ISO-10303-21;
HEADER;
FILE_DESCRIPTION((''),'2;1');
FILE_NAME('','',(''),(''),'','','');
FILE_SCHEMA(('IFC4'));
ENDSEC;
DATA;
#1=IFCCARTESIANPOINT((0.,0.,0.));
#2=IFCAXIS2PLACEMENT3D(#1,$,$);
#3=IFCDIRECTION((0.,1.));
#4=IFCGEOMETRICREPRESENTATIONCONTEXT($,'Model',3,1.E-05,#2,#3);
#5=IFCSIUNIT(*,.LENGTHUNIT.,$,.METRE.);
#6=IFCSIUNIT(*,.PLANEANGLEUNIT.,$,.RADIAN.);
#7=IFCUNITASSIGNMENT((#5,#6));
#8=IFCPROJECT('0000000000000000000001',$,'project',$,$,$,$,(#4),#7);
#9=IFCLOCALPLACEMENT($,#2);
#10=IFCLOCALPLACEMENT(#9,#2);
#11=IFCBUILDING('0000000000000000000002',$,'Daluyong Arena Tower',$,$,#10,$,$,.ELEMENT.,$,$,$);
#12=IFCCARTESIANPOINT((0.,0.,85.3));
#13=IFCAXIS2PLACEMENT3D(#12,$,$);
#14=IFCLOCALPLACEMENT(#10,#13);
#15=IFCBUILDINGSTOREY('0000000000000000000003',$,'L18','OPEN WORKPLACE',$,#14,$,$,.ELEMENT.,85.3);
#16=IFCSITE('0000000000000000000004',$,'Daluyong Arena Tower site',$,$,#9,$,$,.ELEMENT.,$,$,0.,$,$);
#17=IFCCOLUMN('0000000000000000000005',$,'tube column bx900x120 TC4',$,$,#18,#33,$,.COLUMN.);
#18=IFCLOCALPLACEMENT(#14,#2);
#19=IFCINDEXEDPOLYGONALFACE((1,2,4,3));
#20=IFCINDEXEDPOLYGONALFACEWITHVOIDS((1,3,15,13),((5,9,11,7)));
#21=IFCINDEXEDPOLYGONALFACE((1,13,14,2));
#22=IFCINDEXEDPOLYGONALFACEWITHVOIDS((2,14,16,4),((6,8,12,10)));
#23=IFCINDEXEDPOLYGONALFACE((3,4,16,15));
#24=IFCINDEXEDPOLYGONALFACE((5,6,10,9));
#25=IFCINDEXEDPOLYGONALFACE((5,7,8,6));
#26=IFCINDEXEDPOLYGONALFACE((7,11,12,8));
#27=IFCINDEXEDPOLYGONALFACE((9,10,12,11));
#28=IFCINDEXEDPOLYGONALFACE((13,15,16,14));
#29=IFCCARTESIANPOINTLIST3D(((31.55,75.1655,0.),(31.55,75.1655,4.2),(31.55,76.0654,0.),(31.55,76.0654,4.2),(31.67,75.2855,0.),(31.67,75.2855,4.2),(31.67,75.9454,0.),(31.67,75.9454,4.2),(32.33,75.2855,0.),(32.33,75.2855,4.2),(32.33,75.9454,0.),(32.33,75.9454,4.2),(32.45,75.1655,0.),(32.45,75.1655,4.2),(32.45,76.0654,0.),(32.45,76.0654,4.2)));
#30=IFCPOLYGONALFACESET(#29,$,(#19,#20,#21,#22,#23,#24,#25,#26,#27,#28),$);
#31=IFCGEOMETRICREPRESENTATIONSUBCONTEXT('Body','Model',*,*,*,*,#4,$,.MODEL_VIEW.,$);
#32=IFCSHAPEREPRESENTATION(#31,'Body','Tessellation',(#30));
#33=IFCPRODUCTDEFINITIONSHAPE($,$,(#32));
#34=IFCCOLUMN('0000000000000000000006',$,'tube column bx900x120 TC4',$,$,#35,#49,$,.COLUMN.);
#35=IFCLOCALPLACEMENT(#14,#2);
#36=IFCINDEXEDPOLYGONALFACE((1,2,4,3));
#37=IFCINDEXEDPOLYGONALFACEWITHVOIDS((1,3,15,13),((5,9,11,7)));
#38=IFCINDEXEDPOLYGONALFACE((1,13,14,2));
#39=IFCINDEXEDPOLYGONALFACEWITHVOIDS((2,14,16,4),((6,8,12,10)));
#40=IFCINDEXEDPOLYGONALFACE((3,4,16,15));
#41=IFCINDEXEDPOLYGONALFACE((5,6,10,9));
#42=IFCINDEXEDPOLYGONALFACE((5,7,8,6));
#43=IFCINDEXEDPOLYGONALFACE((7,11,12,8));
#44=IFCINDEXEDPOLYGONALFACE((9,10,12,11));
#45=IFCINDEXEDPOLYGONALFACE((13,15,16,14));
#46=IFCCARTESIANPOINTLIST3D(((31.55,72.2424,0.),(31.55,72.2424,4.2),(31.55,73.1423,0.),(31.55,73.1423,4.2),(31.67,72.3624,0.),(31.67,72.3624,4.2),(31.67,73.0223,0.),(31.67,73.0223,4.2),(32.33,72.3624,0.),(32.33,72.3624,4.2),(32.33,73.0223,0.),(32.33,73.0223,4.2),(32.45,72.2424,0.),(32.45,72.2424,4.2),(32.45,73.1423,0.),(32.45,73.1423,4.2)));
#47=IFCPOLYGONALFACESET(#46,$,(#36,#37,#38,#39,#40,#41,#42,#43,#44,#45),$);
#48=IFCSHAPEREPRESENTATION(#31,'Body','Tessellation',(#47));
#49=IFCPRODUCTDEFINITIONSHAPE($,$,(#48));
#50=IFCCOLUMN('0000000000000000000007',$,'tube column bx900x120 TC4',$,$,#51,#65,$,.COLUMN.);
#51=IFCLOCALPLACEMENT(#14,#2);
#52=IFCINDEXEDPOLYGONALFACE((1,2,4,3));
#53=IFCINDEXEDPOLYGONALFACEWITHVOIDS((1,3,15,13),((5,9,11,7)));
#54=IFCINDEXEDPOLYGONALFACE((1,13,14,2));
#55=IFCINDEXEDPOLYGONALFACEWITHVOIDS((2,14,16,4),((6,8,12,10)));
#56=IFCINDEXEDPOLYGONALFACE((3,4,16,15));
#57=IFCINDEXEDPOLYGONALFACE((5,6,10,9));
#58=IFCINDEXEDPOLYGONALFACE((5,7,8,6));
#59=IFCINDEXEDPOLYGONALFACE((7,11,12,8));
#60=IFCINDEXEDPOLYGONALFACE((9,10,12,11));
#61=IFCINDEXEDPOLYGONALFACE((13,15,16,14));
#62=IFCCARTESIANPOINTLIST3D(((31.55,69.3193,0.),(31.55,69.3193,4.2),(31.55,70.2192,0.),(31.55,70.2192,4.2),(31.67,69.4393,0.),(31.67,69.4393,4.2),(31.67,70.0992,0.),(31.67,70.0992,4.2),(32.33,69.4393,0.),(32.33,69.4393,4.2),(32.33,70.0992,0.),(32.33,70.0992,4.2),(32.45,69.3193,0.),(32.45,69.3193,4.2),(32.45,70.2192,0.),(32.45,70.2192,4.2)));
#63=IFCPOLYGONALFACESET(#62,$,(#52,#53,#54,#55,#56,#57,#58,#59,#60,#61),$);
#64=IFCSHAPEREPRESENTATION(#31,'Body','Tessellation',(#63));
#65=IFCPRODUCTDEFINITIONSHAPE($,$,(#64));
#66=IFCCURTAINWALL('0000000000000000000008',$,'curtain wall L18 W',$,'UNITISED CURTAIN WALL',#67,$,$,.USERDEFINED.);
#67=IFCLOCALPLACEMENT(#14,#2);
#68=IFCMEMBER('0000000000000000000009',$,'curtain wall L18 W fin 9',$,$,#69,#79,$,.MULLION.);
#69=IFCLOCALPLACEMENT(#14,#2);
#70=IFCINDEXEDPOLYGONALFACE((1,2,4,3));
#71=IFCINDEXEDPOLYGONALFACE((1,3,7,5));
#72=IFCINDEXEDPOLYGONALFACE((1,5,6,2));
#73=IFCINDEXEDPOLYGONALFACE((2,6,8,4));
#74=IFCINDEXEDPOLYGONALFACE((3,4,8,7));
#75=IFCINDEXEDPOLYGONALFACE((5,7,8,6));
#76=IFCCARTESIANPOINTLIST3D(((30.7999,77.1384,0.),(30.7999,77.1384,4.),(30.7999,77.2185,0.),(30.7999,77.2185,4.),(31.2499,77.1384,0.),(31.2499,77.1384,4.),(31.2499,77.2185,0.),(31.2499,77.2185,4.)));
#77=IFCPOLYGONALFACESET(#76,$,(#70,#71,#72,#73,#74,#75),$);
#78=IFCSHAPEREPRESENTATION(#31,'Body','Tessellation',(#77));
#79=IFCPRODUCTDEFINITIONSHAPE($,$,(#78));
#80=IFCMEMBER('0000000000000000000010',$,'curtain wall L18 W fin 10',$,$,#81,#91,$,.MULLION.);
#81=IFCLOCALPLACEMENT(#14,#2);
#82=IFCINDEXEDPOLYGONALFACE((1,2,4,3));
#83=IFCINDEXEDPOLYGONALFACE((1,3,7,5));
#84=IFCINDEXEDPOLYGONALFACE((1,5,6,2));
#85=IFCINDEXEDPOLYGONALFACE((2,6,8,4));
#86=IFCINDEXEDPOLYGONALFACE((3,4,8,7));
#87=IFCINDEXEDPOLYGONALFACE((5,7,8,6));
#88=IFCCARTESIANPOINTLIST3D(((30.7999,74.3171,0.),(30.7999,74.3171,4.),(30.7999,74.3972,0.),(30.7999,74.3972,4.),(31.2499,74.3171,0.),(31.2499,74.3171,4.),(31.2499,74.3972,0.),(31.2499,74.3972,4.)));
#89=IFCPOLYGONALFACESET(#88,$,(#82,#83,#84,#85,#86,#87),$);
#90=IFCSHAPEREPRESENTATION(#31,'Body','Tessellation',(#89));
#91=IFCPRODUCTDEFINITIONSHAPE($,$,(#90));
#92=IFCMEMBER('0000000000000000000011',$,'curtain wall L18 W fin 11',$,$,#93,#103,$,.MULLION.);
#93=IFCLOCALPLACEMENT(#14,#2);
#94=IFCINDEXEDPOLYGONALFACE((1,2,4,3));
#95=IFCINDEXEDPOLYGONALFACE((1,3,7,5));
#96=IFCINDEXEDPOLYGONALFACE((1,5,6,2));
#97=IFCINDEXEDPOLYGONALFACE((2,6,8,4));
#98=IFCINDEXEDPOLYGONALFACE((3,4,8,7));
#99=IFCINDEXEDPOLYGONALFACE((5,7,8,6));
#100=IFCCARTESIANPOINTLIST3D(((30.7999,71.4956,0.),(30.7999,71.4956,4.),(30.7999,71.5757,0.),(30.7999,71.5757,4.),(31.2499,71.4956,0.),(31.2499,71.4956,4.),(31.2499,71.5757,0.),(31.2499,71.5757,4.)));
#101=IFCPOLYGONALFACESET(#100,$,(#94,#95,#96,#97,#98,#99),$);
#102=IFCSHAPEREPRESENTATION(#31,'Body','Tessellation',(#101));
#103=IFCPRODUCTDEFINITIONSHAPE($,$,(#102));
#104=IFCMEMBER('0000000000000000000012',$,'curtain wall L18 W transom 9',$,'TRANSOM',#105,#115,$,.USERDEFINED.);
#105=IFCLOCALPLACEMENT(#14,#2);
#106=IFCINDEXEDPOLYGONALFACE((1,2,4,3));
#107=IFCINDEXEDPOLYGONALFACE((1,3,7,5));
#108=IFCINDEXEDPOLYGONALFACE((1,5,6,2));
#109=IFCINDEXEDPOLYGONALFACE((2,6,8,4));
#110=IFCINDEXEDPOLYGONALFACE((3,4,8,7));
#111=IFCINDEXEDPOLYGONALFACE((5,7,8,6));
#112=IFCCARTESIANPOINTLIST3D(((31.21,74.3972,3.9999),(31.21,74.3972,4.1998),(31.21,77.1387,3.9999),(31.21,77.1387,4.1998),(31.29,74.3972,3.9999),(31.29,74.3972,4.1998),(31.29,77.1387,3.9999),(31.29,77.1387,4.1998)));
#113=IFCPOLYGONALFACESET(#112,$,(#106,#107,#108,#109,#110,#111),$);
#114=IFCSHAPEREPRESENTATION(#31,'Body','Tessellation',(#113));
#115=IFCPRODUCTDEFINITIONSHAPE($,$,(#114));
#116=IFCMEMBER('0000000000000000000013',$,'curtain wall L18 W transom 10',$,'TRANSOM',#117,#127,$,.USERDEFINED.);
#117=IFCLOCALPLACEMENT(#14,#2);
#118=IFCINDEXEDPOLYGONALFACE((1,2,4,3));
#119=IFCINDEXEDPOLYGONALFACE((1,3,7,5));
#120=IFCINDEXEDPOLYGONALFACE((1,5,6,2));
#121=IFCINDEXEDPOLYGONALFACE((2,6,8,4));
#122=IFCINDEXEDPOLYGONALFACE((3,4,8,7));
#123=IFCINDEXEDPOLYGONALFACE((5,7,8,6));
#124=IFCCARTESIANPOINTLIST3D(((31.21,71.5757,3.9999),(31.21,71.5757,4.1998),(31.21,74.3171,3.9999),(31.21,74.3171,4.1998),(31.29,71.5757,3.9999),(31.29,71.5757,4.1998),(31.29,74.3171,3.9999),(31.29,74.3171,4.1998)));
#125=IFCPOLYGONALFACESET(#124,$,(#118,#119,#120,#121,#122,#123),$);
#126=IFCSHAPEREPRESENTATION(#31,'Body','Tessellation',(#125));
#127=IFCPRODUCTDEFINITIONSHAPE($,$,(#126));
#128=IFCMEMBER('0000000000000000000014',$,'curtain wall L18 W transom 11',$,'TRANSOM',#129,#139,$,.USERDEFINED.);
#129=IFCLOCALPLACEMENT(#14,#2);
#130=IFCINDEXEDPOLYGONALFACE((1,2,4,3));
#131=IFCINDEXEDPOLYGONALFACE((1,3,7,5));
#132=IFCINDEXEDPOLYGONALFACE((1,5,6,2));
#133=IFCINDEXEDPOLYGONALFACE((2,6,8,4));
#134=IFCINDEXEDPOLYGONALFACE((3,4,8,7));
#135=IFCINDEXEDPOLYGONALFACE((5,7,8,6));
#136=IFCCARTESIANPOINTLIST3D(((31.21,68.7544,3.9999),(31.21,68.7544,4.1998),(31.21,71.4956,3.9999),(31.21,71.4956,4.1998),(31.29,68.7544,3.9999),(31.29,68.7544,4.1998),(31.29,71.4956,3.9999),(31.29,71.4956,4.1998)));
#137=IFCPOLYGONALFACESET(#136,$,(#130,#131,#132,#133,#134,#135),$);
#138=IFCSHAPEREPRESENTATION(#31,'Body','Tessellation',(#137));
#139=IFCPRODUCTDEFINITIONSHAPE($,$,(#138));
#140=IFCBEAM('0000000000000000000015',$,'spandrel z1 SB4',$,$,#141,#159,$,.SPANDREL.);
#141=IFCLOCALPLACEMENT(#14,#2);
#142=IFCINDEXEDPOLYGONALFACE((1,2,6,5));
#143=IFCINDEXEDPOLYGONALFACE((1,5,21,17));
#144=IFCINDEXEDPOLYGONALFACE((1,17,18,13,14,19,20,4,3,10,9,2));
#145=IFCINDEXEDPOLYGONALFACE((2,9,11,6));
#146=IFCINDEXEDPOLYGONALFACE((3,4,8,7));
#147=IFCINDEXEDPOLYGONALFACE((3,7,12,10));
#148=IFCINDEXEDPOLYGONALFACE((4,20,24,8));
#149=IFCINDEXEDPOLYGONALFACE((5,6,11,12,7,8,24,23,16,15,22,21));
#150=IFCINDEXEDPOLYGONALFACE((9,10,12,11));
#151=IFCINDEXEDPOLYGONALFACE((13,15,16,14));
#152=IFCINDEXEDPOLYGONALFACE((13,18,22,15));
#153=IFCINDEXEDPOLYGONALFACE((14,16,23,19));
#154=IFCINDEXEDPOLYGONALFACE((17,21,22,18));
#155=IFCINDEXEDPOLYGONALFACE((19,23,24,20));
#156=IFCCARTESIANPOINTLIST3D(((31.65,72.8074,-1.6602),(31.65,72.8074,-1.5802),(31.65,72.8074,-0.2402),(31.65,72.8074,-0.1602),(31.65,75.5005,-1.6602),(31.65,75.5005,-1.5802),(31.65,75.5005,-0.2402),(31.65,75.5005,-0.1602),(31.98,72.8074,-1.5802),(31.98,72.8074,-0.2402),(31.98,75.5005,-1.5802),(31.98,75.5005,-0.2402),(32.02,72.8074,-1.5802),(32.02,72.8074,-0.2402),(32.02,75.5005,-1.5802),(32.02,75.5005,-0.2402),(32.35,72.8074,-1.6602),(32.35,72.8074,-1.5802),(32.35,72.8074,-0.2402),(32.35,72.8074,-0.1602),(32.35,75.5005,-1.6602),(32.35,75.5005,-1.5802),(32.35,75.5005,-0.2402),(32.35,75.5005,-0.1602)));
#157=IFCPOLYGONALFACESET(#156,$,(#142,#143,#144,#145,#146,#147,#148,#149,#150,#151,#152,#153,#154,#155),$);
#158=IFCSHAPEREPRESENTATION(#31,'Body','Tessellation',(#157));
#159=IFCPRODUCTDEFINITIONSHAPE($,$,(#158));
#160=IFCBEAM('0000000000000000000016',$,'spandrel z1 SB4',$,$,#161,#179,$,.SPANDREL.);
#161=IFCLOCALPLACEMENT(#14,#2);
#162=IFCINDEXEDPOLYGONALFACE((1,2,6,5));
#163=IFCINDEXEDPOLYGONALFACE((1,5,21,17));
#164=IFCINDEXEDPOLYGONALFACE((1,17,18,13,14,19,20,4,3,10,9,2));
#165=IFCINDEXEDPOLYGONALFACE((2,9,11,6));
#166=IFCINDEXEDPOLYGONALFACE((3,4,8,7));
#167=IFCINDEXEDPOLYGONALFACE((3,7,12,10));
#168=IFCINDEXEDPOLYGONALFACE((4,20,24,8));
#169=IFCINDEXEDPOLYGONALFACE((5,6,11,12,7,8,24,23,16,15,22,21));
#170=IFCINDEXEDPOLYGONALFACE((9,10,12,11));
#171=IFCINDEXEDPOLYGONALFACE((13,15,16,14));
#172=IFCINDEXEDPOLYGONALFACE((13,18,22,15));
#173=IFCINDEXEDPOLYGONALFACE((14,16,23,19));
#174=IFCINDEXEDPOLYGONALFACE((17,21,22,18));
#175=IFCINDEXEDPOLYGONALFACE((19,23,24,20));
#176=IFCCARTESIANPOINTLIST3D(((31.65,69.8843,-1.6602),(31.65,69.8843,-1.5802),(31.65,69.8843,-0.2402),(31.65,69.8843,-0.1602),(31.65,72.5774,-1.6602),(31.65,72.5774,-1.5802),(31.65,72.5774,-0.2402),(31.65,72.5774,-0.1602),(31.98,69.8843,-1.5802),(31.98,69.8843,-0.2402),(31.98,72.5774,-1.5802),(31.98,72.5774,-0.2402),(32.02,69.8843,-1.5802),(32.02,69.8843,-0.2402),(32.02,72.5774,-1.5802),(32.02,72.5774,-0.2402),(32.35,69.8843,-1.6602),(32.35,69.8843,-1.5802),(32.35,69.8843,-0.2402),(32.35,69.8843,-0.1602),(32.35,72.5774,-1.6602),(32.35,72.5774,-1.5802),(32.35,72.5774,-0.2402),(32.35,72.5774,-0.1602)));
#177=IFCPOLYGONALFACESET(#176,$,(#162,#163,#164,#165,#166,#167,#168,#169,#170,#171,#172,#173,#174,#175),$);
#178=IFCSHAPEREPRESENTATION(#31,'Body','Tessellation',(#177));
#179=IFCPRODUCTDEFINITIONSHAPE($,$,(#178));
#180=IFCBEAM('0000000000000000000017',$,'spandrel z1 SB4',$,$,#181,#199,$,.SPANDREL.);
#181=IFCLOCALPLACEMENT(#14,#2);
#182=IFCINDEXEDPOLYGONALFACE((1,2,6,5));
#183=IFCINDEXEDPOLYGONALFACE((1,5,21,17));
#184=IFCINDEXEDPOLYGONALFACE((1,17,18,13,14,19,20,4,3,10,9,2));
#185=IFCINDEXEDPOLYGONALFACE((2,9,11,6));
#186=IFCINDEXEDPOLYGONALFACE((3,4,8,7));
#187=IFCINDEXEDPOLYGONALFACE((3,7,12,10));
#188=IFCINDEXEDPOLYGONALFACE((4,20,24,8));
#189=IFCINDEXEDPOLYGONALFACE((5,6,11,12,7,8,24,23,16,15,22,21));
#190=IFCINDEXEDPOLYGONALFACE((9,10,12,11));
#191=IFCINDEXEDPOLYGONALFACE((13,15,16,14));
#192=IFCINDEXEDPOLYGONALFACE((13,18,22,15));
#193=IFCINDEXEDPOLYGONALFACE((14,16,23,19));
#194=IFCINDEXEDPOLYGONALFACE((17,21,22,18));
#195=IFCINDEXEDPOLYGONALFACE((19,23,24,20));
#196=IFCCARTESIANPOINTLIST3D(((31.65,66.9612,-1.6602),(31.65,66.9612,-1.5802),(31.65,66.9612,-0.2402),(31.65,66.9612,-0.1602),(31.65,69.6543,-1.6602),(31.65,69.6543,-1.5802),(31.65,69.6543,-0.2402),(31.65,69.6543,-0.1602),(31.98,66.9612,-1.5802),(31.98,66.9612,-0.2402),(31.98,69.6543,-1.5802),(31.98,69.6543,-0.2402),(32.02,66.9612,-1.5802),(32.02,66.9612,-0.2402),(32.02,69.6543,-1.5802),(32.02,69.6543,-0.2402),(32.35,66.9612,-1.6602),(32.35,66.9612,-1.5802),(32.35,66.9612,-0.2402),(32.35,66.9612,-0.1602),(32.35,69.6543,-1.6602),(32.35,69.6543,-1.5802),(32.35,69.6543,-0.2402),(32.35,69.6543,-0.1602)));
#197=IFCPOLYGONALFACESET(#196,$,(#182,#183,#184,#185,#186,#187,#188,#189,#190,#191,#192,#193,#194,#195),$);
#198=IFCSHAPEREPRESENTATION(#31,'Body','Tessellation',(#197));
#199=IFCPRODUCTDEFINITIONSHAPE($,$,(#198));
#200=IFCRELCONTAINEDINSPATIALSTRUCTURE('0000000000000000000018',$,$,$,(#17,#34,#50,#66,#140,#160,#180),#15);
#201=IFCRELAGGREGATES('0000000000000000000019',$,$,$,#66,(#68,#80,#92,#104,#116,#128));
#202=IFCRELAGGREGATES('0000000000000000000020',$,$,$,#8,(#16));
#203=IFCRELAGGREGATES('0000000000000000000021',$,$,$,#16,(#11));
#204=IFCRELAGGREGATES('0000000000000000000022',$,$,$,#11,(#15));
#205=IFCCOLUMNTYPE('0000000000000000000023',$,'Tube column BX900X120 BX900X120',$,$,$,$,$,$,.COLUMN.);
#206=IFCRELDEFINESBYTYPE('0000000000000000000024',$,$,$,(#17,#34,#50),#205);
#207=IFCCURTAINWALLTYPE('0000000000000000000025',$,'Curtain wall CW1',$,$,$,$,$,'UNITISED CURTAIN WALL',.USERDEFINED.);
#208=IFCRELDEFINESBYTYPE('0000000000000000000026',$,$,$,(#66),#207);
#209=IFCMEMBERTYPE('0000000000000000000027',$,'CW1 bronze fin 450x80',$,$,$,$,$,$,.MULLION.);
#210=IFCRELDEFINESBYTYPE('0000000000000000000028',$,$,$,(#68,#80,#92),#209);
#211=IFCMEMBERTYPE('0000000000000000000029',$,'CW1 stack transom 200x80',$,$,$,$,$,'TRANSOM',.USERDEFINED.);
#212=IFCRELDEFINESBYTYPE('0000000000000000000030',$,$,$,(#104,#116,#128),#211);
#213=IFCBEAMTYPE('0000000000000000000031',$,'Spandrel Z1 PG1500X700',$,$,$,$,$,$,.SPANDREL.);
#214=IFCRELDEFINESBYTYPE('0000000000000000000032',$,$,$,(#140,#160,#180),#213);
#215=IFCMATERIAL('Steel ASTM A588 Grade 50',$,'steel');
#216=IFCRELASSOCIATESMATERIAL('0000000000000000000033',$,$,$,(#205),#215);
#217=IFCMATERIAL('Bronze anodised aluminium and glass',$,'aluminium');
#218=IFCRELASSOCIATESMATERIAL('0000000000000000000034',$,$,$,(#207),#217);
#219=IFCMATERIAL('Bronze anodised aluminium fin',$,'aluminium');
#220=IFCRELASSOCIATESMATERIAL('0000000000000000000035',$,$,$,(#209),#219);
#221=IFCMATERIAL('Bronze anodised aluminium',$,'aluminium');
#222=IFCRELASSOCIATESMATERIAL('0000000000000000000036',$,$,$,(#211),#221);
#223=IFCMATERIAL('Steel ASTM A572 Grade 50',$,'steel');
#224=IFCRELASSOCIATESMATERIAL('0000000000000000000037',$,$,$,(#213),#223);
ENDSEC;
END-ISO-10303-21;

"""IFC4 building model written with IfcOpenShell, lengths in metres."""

from ifc_helpers import new_model, si_unit, direction, frame, origin, origin_2d, place, context, subcontext, project, spatial, rectangle, hollow_rectangle, i_section, extrude, material, material_profile, profile_set, type_object, element, aggregate, save


model = new_model("IFC4")

# Units and contexts
model_context = context("Model", 3, precision=1e-05, world=origin(), true_north=direction((0.0, 1.0)))
body_context = subcontext(model_context, "Body", "Model", "MODEL_VIEW")
ifc_project = project(units=[si_unit("LENGTHUNIT", "METRE"), si_unit("PLANEANGLEUNIT", "RADIAN")], contexts=[model_context])

# Site, building, storey
site_placement = place(None, origin())
site = spatial("IfcSite", under=ifc_project, at=site_placement, Name="Daluyong Arena Tower site", CompositionType="ELEMENT", RefElevation=0.0)
building_placement = place(site_placement, origin())
building = spatial("IfcBuilding", under=site, at=building_placement, Name="Daluyong Arena Tower", CompositionType="ELEMENT")
storey_placement = place(building_placement, frame((0.0, 0.0, 85.3)))
storey = spatial("IfcBuildingStorey", under=building, at=storey_placement, Name="L18", Description="OPEN WORKPLACE", CompositionType="ELEMENT", Elevation=85.3)

# Columns
ifc_material_1 = material(Name="Steel ASTM A588 Grade 50", Category="steel")
ifc_material_profile_1 = material_profile(ifc_material_1, hollow_rectangle(XDim=0.8999, YDim=0.8999, WallThickness=0.12, at=origin_2d()))
ifc_profile_set_1 = profile_set([ifc_material_profile_1], Name="Steel ASTM A588 Grade 50")
column_type = type_object("IfcColumnType", Name="Tube column BX900X120 BX900X120", PredefinedType="COLUMN", material=ifc_profile_set_1)
for number, where, z_axis, x_axis, name in (
    (1, (32.0, 75.6155, 0.0), (0.0, 0.0, 1.0), (0.0, 1.0, 0.0), "tube column bx900x120 TC4"),
    (2, (32.0, 72.6924, 0.0), (0.0, 0.0, 1.0), (0.0, 1.0, 0.0), "tube column bx900x120 TC4"),
    (3, (32.0, 69.7693, 0.0), (0.0, 0.0, 1.0), (0.0, 1.0, 0.0), "tube column bx900x120 TC4"),
):
    element("IfcColumn", number, at=place(storey_placement, frame(where, z_axis=z_axis, x_axis=x_axis)), inside=storey, type_object=column_type, Name=name, PredefinedType="COLUMN", context=body_context, shape_type="SweptSolid", body=[
        extrude(hollow_rectangle(XDim=0.8999, YDim=0.8999, WallThickness=0.12, at=origin_2d()), origin(), (0.0, 0.0, 1.0), 4.2),
    ])

# Curtain wall, members
ifc_material_2 = material(Name="Bronze anodised aluminium and glass", Category="aluminium")
curtain_wall_type = type_object("IfcCurtainWallType", Name="Curtain wall CW1", ElementType="UNITISED CURTAIN WALL", PredefinedType="USERDEFINED", material=ifc_material_2)
curtain_wall_placement = place(storey_placement, origin())
curtain_wall = element("IfcCurtainWall", 4, at=curtain_wall_placement, inside=storey, type_object=curtain_wall_type, Name="curtain wall L18 W", ObjectType="UNITISED CURTAIN WALL", PredefinedType="USERDEFINED")
ifc_material_3 = material(Name="Bronze anodised aluminium fin", Category="aluminium")
ifc_material_profile_2 = material_profile(ifc_material_3, rectangle(XDim=0.45, YDim=0.0801, at=origin_2d()))
ifc_profile_set_2 = profile_set([ifc_material_profile_2], Name="Bronze anodised aluminium fin")
member_type_1 = type_object("IfcMemberType", Name="CW1 bronze fin 450x80", PredefinedType="MULLION", material=ifc_profile_set_2)
member_1_placement = place(storey_placement, frame((31.0249, 77.1785, 0.0), z_axis=(0.0, 0.0, 1.0), x_axis=(1.0, 0.0, 0.0)))
member_1 = element("IfcMember", 5, at=member_1_placement, type_object=member_type_1, Name="curtain wall L18 W fin 9", PredefinedType="MULLION", context=body_context, shape_type="SweptSolid", body=[
    extrude(rectangle(XDim=0.45, YDim=0.0801, at=origin_2d()), origin(), (0.0, 0.0, 1.0), 4.0),
])
member_2_placement = place(storey_placement, frame((31.0249, 74.3572, 0.0), z_axis=(0.0, 0.0, 1.0), x_axis=(1.0, 0.0, 0.0)))
member_2 = element("IfcMember", 6, at=member_2_placement, type_object=member_type_1, Name="curtain wall L18 W fin 10", PredefinedType="MULLION", context=body_context, shape_type="SweptSolid", body=[
    extrude(rectangle(XDim=0.45, YDim=0.0801, at=origin_2d()), origin(), (0.0, 0.0, 1.0), 4.0),
])
member_3_placement = place(storey_placement, frame((31.0249, 71.5356, 0.0), z_axis=(0.0, 0.0, 1.0), x_axis=(1.0, 0.0, 0.0)))
member_3 = element("IfcMember", 7, at=member_3_placement, type_object=member_type_1, Name="curtain wall L18 W fin 11", PredefinedType="MULLION", context=body_context, shape_type="SweptSolid", body=[
    extrude(rectangle(XDim=0.45, YDim=0.0801, at=origin_2d()), origin(), (0.0, 0.0, 1.0), 4.0),
])
ifc_material_4 = material(Name="Bronze anodised aluminium", Category="aluminium")
ifc_material_profile_3 = material_profile(ifc_material_4, rectangle(XDim=0.0801, YDim=0.2, at=origin_2d()))
ifc_profile_set_3 = profile_set([ifc_material_profile_3], Name="Bronze anodised aluminium")
member_type_2 = type_object("IfcMemberType", Name="CW1 stack transom 200x80", ElementType="TRANSOM", PredefinedType="USERDEFINED", material=ifc_profile_set_3)
member_4_placement = place(storey_placement, frame((31.25, 77.1387, 4.0999), z_axis=(0.0, -1.0, 0.0), x_axis=(1.0, 0.0, 0.0)))
member_4 = element("IfcMember", 8, at=member_4_placement, type_object=member_type_2, Name="curtain wall L18 W transom 9", ObjectType="TRANSOM", PredefinedType="USERDEFINED", context=body_context, shape_type="SweptSolid", body=[
    extrude(rectangle(XDim=0.0801, YDim=0.2, at=origin_2d()), origin(), (0.0, 0.0, 1.0), 2.7415),
])
member_5_placement = place(storey_placement, frame((31.25, 74.3171, 4.0999), z_axis=(0.0, -1.0, 0.0), x_axis=(1.0, 0.0, 0.0)))
member_5 = element("IfcMember", 9, at=member_5_placement, type_object=member_type_2, Name="curtain wall L18 W transom 10", ObjectType="TRANSOM", PredefinedType="USERDEFINED", context=body_context, shape_type="SweptSolid", body=[
    extrude(rectangle(XDim=0.0801, YDim=0.2, at=origin_2d()), origin(), (0.0, 0.0, 1.0), 2.7415),
])
member_6_placement = place(storey_placement, frame((31.25, 71.4956, 4.0999), z_axis=(0.0, -1.0, 0.0), x_axis=(1.0, 0.0, 0.0)))
member_6 = element("IfcMember", 10, at=member_6_placement, type_object=member_type_2, Name="curtain wall L18 W transom 11", ObjectType="TRANSOM", PredefinedType="USERDEFINED", context=body_context, shape_type="SweptSolid", body=[
    extrude(rectangle(XDim=0.0801, YDim=0.2, at=origin_2d()), origin(), (0.0, 0.0, 1.0), 2.7412),
])

# Beams
ifc_material_5 = material(Name="Steel ASTM A572 Grade 50", Category="steel")
ifc_material_profile_4 = material_profile(ifc_material_5, i_section(OverallWidth=0.7, OverallDepth=1.5, WebThickness=0.04, FlangeThickness=0.08, at=origin_2d()))
ifc_profile_set_4 = profile_set([ifc_material_profile_4], Name="Steel ASTM A572 Grade 50")
beam_type = type_object("IfcBeamType", Name="Spandrel Z1 PG1500X700", PredefinedType="SPANDREL", material=ifc_profile_set_4)
for number, where, z_axis, x_axis, name in (
    (11, (32.0, 75.5005, -0.9102), (0.0, -1.0, 0.0), (1.0, 0.0, 0.0), "spandrel z1 SB4"),
    (12, (32.0, 72.5774, -0.9102), (0.0, -1.0, 0.0), (1.0, 0.0, 0.0), "spandrel z1 SB4"),
    (13, (32.0, 69.6543, -0.9102), (0.0, -1.0, 0.0), (1.0, 0.0, 0.0), "spandrel z1 SB4"),
):
    element("IfcBeam", number, at=place(storey_placement, frame(where, z_axis=z_axis, x_axis=x_axis)), inside=storey, type_object=beam_type, Name=name, PredefinedType="SPANDREL", context=body_context, shape_type="SweptSolid", body=[
        extrude(i_section(OverallWidth=0.7, OverallDepth=1.5, WebThickness=0.04, FlangeThickness=0.08, at=origin_2d()), origin(), (0.0, 0.0, 1.0), 2.6931),
    ])

aggregate(curtain_wall, [member_1, member_2, member_3, member_4, member_5, member_6])

save(model, "model.ifc")
